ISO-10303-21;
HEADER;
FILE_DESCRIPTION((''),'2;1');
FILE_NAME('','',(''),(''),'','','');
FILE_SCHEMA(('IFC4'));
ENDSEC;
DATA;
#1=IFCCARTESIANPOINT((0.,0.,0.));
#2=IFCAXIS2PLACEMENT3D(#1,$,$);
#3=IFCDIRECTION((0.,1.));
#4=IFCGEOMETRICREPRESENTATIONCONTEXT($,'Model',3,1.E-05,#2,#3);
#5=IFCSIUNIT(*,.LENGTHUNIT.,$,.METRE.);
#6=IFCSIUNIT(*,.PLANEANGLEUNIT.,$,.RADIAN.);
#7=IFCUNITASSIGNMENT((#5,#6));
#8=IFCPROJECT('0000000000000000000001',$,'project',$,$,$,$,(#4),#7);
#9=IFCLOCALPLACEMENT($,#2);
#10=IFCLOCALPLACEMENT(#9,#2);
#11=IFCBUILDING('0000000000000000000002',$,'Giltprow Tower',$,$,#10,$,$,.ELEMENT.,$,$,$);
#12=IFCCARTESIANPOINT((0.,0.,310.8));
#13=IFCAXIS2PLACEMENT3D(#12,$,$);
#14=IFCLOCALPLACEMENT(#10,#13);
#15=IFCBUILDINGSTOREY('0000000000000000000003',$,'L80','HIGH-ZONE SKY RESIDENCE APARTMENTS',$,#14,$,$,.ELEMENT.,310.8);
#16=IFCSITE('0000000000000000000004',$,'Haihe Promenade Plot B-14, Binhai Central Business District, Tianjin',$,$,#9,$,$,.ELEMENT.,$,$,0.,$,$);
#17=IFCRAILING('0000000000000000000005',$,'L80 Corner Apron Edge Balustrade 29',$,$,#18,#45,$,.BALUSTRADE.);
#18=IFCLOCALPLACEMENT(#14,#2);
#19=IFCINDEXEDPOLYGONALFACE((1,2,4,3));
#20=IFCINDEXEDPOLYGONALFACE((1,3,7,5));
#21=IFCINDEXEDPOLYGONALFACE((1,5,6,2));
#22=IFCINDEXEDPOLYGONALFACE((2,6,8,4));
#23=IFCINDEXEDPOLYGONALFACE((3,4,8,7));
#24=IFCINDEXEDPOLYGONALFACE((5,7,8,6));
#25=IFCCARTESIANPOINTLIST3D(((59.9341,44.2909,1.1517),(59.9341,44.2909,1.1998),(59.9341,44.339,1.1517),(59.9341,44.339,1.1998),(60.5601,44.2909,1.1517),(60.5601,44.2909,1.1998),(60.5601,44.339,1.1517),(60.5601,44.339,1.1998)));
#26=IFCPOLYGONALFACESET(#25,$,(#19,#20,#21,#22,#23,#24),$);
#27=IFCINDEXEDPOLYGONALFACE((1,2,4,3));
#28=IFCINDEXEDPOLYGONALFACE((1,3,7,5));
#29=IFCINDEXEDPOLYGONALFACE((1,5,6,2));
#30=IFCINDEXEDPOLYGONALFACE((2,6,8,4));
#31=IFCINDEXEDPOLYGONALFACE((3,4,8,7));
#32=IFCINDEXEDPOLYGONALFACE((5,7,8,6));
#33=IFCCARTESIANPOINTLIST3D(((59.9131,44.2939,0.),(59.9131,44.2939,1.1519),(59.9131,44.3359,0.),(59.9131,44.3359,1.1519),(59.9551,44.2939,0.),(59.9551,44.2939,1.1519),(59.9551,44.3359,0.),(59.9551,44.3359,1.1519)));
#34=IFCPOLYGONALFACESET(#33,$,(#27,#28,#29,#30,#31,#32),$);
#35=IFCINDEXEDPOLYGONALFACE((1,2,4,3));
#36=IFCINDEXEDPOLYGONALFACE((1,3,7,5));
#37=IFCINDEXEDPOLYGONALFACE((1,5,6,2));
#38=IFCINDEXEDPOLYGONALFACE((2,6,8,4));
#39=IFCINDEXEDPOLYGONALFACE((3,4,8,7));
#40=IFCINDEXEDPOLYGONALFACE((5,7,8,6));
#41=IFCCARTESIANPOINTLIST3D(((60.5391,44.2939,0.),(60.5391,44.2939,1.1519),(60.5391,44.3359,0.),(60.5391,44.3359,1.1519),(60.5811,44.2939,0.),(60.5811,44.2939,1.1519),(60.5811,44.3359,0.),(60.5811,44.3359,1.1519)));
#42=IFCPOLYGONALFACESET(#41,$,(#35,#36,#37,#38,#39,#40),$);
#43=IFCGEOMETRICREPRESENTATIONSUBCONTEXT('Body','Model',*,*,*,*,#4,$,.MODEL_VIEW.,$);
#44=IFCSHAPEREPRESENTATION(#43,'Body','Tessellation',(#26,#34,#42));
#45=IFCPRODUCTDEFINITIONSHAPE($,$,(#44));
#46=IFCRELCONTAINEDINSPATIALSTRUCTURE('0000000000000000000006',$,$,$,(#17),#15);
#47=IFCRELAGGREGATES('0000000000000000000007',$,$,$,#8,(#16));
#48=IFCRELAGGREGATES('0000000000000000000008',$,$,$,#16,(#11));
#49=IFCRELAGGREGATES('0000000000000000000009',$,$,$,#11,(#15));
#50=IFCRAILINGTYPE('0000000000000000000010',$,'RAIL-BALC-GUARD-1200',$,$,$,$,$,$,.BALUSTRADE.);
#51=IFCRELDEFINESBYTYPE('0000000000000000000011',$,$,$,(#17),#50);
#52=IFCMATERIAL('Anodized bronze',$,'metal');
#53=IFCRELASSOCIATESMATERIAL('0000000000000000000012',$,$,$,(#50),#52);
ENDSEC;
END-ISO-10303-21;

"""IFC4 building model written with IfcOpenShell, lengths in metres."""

from ifc_helpers import new_model, si_unit, direction, frame, origin, origin_2d, place, context, subcontext, project, spatial, rectangle, extrude, material, type_object, element, save


model = new_model("IFC4")

# Units and contexts
model_context = context("Model", 3, precision=1e-05, world=origin(), true_north=direction((0.0, 1.0)))
body_context = subcontext(model_context, "Body", "Model", "MODEL_VIEW")
ifc_project = project(units=[si_unit("LENGTHUNIT", "METRE"), si_unit("PLANEANGLEUNIT", "RADIAN")], contexts=[model_context])

# Site, building, storey
site_placement = place(None, origin())
site = spatial("IfcSite", under=ifc_project, at=site_placement, Name="Haihe Promenade Plot B-14, Binhai Central Business District, Tianjin", CompositionType="ELEMENT", RefElevation=0.0)
building_placement = place(site_placement, origin())
building = spatial("IfcBuilding", under=site, at=building_placement, Name="Giltprow Tower", CompositionType="ELEMENT")
storey_placement = place(building_placement, frame((0.0, 0.0, 310.8)))
storey = spatial("IfcBuildingStorey", under=building, at=storey_placement, Name="L80", Description="HIGH-ZONE SKY RESIDENCE APARTMENTS", CompositionType="ELEMENT", Elevation=310.8)

# Railing
ifc_material_1 = material(Name="Anodized bronze", Category="metal")
railing_type = type_object("IfcRailingType", Name="RAIL-BALC-GUARD-1200", PredefinedType="BALUSTRADE", material=ifc_material_1)
railing_1_placement = place(storey_placement, frame((59.9341, 44.3149, 0.0)))
element("IfcRailing", 1, at=railing_1_placement, inside=storey, type_object=railing_type, Name="L80 Corner Apron Edge Balustrade 29", PredefinedType="BALUSTRADE", context=body_context, shape_type="SweptSolid", body=[
    extrude(rectangle(XDim=0.0481, YDim=0.0481, at=origin_2d()), frame((0.0, 0.0, 1.1758), z_axis=(1.0, 0.0, 0.0), x_axis=(0.0, 1.0, 0.0)), (0.0, 0.0, 1.0), 0.626),
    extrude(rectangle(XDim=0.042, YDim=0.042, at=origin_2d()), origin(), (0.0, 0.0, 1.0), 1.1519),
    extrude(rectangle(XDim=0.042, YDim=0.042, at=origin_2d()), frame((0.626, 0.0, 0.0)), (0.0, 0.0, 1.0), 1.1519),
])

save(model, "model.ifc")
